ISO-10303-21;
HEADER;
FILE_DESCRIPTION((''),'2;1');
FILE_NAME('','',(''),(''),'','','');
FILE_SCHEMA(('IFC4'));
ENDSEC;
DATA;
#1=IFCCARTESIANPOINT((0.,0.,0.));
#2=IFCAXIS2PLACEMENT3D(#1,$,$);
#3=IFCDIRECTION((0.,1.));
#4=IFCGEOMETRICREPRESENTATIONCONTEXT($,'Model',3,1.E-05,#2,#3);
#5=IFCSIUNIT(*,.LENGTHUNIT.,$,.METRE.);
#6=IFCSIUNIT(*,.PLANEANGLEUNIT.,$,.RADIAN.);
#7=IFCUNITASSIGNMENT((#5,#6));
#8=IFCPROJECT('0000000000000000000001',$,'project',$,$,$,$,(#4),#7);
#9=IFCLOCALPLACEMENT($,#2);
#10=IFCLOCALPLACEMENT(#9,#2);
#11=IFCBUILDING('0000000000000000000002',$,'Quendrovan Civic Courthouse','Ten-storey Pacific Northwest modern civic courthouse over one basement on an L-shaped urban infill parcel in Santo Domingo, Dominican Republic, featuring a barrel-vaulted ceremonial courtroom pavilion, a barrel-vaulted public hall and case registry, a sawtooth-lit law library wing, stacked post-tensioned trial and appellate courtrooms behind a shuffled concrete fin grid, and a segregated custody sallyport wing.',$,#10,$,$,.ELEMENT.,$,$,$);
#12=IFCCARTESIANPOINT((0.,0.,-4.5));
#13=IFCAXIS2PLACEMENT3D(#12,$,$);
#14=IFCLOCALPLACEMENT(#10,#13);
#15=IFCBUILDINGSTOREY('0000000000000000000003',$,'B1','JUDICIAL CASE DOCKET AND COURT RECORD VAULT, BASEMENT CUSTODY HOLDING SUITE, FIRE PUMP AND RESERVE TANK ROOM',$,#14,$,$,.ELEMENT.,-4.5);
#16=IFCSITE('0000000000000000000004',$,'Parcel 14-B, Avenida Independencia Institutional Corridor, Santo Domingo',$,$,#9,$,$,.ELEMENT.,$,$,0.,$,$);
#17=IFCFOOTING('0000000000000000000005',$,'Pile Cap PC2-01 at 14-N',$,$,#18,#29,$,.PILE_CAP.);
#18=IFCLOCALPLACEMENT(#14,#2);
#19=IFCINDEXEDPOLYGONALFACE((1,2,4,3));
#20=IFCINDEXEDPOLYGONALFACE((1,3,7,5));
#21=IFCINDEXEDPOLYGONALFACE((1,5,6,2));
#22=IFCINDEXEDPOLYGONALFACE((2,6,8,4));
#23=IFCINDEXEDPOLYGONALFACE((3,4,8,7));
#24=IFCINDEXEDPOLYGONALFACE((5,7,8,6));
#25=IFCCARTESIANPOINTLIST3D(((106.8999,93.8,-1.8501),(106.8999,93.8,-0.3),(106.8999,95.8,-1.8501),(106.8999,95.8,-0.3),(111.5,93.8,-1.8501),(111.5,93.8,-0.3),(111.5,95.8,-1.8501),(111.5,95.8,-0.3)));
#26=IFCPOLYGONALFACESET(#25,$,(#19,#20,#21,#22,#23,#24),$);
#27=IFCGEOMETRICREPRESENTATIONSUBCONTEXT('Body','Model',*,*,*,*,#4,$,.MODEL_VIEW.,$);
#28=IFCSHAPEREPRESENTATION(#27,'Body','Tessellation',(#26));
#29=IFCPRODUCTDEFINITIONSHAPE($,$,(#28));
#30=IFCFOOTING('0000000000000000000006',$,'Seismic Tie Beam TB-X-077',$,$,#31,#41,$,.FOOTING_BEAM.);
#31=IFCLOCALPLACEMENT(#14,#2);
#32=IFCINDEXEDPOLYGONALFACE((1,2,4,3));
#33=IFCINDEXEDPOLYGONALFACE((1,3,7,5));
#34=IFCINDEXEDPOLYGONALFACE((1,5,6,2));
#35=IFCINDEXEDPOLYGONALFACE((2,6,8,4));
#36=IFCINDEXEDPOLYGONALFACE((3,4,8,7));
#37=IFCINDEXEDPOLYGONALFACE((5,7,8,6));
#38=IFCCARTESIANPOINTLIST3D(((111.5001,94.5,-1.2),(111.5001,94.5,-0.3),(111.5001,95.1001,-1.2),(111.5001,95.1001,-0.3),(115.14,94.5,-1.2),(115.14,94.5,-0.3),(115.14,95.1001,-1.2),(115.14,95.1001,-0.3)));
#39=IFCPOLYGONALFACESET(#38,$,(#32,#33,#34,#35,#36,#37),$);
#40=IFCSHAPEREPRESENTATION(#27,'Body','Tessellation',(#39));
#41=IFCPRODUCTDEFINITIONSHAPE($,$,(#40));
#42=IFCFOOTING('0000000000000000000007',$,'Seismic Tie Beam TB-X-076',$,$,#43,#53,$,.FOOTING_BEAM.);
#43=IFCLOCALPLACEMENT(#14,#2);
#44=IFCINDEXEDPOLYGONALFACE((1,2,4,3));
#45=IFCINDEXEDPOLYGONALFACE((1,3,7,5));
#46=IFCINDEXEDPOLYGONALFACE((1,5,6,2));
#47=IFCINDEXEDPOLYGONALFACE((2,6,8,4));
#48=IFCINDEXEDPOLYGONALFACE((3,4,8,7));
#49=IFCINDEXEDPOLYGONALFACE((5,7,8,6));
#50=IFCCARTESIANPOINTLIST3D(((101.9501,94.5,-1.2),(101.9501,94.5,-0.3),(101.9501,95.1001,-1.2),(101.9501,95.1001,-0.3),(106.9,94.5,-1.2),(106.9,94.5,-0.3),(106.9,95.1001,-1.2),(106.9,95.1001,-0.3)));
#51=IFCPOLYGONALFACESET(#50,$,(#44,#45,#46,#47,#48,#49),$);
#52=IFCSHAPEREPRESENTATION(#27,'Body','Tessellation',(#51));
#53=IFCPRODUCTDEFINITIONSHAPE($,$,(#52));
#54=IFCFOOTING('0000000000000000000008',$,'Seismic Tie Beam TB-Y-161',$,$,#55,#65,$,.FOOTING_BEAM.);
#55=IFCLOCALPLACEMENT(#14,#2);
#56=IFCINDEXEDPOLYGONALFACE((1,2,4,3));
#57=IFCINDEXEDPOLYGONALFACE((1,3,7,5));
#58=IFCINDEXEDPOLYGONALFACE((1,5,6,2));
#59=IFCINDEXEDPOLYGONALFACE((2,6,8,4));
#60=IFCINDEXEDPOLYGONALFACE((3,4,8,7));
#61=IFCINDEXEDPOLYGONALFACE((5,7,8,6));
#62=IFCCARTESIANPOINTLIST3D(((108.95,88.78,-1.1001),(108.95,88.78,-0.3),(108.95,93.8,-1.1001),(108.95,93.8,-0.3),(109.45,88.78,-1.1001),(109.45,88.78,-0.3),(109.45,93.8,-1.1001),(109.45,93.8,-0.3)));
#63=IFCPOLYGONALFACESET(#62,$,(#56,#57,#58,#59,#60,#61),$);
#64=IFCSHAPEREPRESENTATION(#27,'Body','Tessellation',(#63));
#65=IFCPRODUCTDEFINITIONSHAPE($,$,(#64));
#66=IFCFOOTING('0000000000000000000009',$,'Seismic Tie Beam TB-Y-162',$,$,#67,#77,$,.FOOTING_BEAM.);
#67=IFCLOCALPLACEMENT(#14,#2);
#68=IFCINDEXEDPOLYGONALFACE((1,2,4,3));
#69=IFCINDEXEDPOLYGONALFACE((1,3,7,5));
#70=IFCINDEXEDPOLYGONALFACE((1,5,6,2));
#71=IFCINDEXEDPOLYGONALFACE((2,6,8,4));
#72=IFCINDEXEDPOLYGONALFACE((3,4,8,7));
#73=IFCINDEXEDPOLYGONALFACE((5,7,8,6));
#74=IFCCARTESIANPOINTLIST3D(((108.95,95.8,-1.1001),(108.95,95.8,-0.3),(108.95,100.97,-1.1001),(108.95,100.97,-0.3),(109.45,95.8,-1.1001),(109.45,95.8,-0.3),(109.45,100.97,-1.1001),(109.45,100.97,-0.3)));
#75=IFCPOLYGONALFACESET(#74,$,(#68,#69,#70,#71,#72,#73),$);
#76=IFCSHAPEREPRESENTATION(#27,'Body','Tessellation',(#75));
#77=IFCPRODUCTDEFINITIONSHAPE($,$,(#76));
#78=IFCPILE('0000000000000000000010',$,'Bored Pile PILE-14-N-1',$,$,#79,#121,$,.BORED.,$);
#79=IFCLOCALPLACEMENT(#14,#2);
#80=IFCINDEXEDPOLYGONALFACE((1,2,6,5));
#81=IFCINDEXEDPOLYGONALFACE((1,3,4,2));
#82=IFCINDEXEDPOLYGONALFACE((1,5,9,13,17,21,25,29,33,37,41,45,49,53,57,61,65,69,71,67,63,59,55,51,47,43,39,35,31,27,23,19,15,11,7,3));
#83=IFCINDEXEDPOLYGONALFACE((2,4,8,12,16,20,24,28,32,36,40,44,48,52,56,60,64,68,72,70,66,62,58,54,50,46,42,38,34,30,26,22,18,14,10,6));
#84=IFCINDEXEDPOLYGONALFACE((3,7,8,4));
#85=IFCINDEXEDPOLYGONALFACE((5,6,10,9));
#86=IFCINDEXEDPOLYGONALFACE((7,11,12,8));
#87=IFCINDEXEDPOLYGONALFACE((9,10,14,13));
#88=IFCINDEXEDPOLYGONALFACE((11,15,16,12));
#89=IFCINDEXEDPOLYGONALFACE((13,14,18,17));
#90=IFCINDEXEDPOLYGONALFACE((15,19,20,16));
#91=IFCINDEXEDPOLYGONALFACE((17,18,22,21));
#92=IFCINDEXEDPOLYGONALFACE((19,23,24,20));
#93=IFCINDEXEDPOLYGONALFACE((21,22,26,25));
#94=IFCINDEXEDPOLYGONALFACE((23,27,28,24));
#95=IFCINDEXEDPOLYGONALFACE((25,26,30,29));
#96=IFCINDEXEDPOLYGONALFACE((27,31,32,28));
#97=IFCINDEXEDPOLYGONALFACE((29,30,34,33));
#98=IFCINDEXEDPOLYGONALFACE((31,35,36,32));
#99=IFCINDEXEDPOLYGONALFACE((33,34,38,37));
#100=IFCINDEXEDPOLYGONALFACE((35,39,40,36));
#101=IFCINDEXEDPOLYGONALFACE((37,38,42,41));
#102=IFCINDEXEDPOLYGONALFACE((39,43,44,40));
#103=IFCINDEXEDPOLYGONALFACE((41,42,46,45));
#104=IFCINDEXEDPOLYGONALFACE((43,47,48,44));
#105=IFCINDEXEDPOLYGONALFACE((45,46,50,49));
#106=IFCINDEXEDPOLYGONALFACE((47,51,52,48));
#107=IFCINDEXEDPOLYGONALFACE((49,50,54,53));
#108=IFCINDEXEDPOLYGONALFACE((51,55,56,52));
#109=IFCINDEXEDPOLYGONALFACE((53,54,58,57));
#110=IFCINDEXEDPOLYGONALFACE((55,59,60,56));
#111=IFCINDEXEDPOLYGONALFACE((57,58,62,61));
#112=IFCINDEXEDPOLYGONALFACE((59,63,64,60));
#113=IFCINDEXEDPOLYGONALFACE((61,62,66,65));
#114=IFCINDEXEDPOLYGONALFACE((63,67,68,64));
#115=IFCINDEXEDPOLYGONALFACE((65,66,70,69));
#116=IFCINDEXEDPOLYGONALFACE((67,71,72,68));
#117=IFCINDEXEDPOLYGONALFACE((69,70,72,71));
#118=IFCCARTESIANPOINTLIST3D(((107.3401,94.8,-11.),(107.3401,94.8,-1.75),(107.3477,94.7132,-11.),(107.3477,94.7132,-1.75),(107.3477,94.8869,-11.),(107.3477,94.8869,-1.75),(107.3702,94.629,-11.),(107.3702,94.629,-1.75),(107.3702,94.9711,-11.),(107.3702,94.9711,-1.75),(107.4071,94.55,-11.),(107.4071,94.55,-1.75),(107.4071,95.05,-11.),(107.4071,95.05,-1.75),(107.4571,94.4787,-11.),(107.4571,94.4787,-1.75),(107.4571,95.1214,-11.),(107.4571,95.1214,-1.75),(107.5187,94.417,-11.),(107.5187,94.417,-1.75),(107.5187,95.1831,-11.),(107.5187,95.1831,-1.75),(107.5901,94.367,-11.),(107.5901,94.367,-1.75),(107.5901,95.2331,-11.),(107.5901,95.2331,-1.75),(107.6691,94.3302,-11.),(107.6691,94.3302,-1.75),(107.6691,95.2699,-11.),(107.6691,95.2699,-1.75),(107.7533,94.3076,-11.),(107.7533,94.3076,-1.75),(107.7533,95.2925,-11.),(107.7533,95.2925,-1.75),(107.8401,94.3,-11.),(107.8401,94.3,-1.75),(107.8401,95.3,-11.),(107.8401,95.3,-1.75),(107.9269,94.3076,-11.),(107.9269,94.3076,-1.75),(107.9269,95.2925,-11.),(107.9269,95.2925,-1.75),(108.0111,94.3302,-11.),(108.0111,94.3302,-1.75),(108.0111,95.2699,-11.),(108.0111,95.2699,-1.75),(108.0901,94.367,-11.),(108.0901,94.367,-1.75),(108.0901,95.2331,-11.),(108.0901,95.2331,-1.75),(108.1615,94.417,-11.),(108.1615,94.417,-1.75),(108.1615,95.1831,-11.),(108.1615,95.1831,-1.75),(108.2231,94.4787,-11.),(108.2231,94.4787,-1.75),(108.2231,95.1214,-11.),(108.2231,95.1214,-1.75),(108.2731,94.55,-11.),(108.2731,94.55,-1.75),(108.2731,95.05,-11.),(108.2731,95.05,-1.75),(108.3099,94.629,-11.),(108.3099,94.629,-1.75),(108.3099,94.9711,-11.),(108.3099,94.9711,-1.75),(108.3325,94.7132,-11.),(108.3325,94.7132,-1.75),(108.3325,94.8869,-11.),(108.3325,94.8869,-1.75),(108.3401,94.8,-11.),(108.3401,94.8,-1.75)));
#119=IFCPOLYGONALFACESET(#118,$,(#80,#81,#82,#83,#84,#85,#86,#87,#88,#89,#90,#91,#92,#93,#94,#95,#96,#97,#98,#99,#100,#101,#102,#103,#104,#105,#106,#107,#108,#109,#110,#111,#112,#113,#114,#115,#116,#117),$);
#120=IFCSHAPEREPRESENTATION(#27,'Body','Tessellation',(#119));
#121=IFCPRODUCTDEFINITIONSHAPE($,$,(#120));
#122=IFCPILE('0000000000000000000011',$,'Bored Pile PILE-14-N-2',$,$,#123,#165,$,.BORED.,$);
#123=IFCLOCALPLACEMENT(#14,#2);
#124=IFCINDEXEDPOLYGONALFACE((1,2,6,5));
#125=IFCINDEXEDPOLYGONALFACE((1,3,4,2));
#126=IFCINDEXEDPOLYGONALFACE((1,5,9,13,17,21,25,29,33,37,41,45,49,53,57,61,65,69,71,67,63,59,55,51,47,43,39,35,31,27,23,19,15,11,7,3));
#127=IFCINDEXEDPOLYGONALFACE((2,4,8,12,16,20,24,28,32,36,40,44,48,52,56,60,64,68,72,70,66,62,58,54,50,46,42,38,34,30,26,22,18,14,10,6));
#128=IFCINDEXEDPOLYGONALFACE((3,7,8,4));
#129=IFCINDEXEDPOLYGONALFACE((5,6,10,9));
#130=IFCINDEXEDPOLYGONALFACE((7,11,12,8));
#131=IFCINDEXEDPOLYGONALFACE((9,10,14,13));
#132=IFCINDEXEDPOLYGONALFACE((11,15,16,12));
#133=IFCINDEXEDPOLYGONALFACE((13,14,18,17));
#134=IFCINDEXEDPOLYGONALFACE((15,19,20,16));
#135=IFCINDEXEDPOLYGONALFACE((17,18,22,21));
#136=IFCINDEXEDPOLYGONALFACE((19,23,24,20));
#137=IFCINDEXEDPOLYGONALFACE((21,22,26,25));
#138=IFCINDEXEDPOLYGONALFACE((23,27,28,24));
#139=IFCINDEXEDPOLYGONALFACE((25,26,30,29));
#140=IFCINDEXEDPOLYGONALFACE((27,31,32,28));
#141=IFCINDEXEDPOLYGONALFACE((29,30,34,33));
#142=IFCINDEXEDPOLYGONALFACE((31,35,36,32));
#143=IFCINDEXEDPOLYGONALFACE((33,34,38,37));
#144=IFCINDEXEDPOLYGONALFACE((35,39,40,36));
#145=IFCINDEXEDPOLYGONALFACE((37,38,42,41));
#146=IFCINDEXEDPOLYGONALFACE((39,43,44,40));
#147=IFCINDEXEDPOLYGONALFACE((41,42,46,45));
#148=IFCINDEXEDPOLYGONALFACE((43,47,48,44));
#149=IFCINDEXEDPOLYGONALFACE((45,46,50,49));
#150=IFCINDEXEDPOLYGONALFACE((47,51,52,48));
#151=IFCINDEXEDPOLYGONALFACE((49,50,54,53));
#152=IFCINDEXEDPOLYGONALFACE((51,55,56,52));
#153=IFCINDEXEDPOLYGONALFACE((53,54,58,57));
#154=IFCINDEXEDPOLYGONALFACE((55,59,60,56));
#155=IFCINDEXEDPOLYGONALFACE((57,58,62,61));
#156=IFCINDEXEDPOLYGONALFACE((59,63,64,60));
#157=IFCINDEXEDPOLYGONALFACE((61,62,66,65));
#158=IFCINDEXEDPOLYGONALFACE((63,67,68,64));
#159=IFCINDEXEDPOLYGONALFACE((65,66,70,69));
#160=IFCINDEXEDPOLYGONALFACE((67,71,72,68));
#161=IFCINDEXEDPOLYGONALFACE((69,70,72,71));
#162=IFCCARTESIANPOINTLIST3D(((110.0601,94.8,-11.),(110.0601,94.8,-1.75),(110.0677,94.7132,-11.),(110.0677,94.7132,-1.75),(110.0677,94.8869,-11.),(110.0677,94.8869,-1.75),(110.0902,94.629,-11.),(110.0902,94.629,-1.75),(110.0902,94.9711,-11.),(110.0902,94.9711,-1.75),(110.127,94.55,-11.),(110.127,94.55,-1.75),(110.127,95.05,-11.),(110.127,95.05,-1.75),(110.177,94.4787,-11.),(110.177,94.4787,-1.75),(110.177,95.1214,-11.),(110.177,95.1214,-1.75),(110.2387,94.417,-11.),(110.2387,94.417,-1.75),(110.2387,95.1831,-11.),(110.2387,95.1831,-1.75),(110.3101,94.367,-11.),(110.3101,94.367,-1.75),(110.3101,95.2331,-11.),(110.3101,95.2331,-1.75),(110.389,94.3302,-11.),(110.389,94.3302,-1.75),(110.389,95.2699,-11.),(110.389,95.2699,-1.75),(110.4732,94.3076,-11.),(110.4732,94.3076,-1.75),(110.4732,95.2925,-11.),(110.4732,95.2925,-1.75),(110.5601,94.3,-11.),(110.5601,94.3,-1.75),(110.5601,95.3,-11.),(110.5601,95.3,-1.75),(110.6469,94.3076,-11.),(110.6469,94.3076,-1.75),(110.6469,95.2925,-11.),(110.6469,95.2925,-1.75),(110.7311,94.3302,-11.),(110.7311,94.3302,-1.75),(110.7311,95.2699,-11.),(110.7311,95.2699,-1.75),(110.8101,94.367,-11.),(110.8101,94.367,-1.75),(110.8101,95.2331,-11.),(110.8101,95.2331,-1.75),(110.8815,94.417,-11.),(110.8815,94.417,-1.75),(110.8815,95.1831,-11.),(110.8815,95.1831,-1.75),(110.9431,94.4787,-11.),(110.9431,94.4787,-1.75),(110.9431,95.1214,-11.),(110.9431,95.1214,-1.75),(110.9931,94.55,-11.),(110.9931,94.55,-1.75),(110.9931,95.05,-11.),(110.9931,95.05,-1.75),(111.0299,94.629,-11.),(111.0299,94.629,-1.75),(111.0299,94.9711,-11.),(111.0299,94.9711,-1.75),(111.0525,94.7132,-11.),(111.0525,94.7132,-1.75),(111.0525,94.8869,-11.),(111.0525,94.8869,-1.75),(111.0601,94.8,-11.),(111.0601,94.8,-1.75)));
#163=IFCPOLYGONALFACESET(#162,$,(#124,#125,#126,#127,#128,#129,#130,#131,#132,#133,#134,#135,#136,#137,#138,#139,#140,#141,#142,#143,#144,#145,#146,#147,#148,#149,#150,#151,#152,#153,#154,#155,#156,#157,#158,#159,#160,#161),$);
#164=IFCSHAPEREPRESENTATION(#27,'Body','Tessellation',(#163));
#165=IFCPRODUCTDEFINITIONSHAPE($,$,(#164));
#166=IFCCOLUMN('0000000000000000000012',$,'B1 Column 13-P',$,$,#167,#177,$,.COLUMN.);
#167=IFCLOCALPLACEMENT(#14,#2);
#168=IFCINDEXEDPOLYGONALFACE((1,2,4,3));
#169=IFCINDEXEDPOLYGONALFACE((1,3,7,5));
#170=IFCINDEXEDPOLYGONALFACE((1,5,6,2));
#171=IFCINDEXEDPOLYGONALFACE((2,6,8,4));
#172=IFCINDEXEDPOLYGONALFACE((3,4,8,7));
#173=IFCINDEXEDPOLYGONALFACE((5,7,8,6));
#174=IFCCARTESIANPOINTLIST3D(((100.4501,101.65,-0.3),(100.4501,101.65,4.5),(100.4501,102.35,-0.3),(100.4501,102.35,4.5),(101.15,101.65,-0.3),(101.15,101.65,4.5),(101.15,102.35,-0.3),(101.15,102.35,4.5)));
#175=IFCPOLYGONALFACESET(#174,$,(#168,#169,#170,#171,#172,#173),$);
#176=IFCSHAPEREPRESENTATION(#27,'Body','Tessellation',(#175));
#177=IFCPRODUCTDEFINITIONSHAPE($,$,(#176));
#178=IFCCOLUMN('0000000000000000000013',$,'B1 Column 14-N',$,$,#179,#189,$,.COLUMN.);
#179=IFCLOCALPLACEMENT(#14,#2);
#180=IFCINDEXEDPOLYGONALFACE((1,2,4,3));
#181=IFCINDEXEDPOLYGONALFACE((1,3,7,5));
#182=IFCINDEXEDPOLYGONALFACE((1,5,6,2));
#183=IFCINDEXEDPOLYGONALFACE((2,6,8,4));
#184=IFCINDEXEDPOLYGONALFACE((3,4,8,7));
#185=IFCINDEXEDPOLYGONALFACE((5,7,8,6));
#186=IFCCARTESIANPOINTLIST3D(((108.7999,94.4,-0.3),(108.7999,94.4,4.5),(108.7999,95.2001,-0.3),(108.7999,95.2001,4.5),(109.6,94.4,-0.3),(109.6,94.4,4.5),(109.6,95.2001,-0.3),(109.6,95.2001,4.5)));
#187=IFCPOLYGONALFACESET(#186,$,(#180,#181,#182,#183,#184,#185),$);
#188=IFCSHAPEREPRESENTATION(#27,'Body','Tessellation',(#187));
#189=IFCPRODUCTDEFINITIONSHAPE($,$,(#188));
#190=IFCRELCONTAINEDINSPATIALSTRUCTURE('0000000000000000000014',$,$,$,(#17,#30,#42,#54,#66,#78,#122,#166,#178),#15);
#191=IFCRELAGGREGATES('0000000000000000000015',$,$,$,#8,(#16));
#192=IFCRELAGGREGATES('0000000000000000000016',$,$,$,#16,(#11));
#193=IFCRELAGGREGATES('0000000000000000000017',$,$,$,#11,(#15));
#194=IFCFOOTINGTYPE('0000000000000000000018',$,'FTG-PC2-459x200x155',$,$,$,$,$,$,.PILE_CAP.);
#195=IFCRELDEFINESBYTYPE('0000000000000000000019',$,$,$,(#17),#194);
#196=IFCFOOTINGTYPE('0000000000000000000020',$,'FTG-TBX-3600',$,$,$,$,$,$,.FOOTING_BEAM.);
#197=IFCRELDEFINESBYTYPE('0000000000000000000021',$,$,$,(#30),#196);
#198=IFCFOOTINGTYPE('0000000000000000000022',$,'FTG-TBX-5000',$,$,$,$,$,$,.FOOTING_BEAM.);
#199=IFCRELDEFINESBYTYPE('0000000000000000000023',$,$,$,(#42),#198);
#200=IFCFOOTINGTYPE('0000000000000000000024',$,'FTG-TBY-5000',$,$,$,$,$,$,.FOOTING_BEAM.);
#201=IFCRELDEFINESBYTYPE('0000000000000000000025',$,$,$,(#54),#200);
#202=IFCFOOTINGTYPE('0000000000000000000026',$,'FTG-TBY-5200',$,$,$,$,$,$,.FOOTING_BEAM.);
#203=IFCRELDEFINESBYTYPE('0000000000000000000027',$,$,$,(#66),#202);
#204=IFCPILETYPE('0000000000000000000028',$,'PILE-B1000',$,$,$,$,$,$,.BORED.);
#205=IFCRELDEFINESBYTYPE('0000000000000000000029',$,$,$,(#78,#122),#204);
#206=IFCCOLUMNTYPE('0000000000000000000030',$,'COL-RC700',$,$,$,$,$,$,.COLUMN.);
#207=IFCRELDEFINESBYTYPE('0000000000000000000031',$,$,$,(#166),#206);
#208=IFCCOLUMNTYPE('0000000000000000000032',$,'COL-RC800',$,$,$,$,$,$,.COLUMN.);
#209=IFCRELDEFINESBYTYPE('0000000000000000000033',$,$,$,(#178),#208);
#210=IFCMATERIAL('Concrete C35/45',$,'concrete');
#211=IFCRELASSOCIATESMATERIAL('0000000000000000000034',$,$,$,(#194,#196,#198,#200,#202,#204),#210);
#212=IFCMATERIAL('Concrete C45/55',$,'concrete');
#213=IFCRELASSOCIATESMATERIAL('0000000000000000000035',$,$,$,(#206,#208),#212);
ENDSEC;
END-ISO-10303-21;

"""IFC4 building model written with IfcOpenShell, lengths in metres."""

from ifc_helpers import new_model, si_unit, direction, frame, origin, origin_2d, place, context, subcontext, project, spatial, rectangle, circle, extrude, material, material_profile, profile_set, type_object, element, save


model = new_model("IFC4")

# Units and contexts
model_context = context("Model", 3, precision=1e-05, world=origin(), true_north=direction((0.0, 1.0)))
body_context = subcontext(model_context, "Body", "Model", "MODEL_VIEW")
ifc_project = project(units=[si_unit("LENGTHUNIT", "METRE"), si_unit("PLANEANGLEUNIT", "RADIAN")], contexts=[model_context])

# Site, building, storey
site_placement = place(None, origin())
site = spatial("IfcSite", under=ifc_project, at=site_placement, Name="Parcel 14-B, Avenida Independencia Institutional Corridor, Santo Domingo", CompositionType="ELEMENT", RefElevation=0.0)
building_placement = place(site_placement, origin())
building = spatial("IfcBuilding", under=site, at=building_placement, Name="Quendrovan Civic Courthouse", Description="Ten-storey Pacific Northwest modern civic courthouse over one basement on an L-shaped urban infill parcel in Santo Domingo, Dominican Republic, featuring a barrel-vaulted ceremonial courtroom pavilion, a barrel-vaulted public hall and case registry, a sawtooth-lit law library wing, stacked post-tensioned trial and appellate courtrooms behind a shuffled concrete fin grid, and a segregated custody sallyport wing.", CompositionType="ELEMENT")
storey_placement = place(building_placement, frame((0.0, 0.0, -4.5)))
storey = spatial("IfcBuildingStorey", under=building, at=storey_placement, Name="B1", Description="JUDICIAL CASE DOCKET AND COURT RECORD VAULT, BASEMENT CUSTODY HOLDING SUITE, FIRE PUMP AND RESERVE TANK ROOM", CompositionType="ELEMENT", Elevation=-4.5)

# Footings
ifc_material_1 = material(Name="Concrete C35/45", Category="concrete")
footing_type_1 = type_object("IfcFootingType", Name="FTG-PC2-459x200x155", PredefinedType="PILE_CAP", material=ifc_material_1)
footing_1_placement = place(storey_placement, frame((109.2, 94.8, -1.8501), z_axis=(0.0, 0.0, 1.0), x_axis=(1.0, 0.0, 0.0)))
element("IfcFooting", 1, at=footing_1_placement, inside=storey, type_object=footing_type_1, Name="Pile Cap PC2-01 at 14-N", PredefinedType="PILE_CAP", context=body_context, shape_type="SweptSolid", body=[
    extrude(rectangle(XDim=4.6001, YDim=2.0, at=origin_2d()), origin(), (0.0, 0.0, 1.0), 1.55),
])
footing_type_2 = type_object("IfcFootingType", Name="FTG-TBX-3600", PredefinedType="FOOTING_BEAM", material=ifc_material_1)
footing_2_placement = place(storey_placement, frame((113.3201, 94.8, -1.2), z_axis=(0.0, 0.0, 1.0), x_axis=(1.0, 0.0, 0.0)))
element("IfcFooting", 2, at=footing_2_placement, inside=storey, type_object=footing_type_2, Name="Seismic Tie Beam TB-X-077", PredefinedType="FOOTING_BEAM", context=body_context, shape_type="SweptSolid", body=[
    extrude(rectangle(XDim=3.6399, YDim=0.6001, at=origin_2d()), origin(), (0.0, 0.0, 1.0), 0.8999),
])
footing_type_3 = type_object("IfcFootingType", Name="FTG-TBX-5000", PredefinedType="FOOTING_BEAM", material=ifc_material_1)
footing_3_placement = place(storey_placement, frame((104.425, 94.8, -1.2), z_axis=(0.0, 0.0, 1.0), x_axis=(1.0, 0.0, 0.0)))
element("IfcFooting", 3, at=footing_3_placement, inside=storey, type_object=footing_type_3, Name="Seismic Tie Beam TB-X-076", PredefinedType="FOOTING_BEAM", context=body_context, shape_type="SweptSolid", body=[
    extrude(rectangle(XDim=4.95, YDim=0.6001, at=origin_2d()), origin(), (0.0, 0.0, 1.0), 0.8999),
])
footing_type_4 = type_object("IfcFootingType", Name="FTG-TBY-5000", PredefinedType="FOOTING_BEAM", material=ifc_material_1)
footing_4_placement = place(storey_placement, frame((109.2, 91.29, -1.1001), z_axis=(0.0, 0.0, 1.0), x_axis=(1.0, 0.0, 0.0)))
element("IfcFooting", 4, at=footing_4_placement, inside=storey, type_object=footing_type_4, Name="Seismic Tie Beam TB-Y-161", PredefinedType="FOOTING_BEAM", context=body_context, shape_type="SweptSolid", body=[
    extrude(rectangle(XDim=0.5, YDim=5.02, at=origin_2d()), origin(), (0.0, 0.0, 1.0), 0.8),
])
footing_type_5 = type_object("IfcFootingType", Name="FTG-TBY-5200", PredefinedType="FOOTING_BEAM", material=ifc_material_1)
footing_5_placement = place(storey_placement, frame((109.2, 98.385, -1.1001), z_axis=(0.0, 0.0, 1.0), x_axis=(1.0, 0.0, 0.0)))
element("IfcFooting", 5, at=footing_5_placement, inside=storey, type_object=footing_type_5, Name="Seismic Tie Beam TB-Y-162", PredefinedType="FOOTING_BEAM", context=body_context, shape_type="SweptSolid", body=[
    extrude(rectangle(XDim=0.5, YDim=5.1699, at=origin_2d()), origin(), (0.0, 0.0, 1.0), 0.8),
])

# Piles
ifc_material_profile_1 = material_profile(ifc_material_1, circle(Radius=0.5, at=origin_2d()), Name="PILE-D1000")
ifc_profile_set_1 = profile_set([ifc_material_profile_1], Name="Concrete C35/45")
pile_type = type_object("IfcPileType", Name="PILE-B1000", PredefinedType="BORED", material=ifc_profile_set_1)
for number, where, z_axis, x_axis, name in (
    (6, (107.8401, 94.8, -1.75), (0.0, 0.0, -1.0), (1.0, 0.0, 0.0), "Bored Pile PILE-14-N-1"),
    (7, (110.5601, 94.8, -1.75), (0.0, 0.0, -1.0), (1.0, 0.0, 0.0), "Bored Pile PILE-14-N-2"),
):
    element("IfcPile", number, at=place(storey_placement, frame(where, z_axis=z_axis, x_axis=x_axis)), inside=storey, type_object=pile_type, Name=name, PredefinedType="BORED", context=body_context, shape_type="SweptSolid", body=[
        extrude(circle(Radius=0.5, at=origin_2d()), origin(), (0.0, 0.0, 1.0), 9.25),
    ])

# Columns
ifc_material_2 = material(Name="Concrete C45/55", Category="concrete")
ifc_material_profile_2 = material_profile(ifc_material_2, rectangle(XDim=0.7, YDim=0.7, at=origin_2d()), Name="RC-COL-700x700")
ifc_profile_set_2 = profile_set([ifc_material_profile_2], Name="Concrete C45/55")
column_type_1 = type_object("IfcColumnType", Name="COL-RC700", PredefinedType="COLUMN", material=ifc_profile_set_2)
column_1_placement = place(storey_placement, frame((100.8, 102.0, -0.3), z_axis=(0.0, 0.0, 1.0), x_axis=(1.0, 0.0, 0.0)))
element("IfcColumn", 8, at=column_1_placement, inside=storey, type_object=column_type_1, Name="B1 Column 13-P", PredefinedType="COLUMN", context=body_context, shape_type="SweptSolid", body=[
    extrude(rectangle(XDim=0.7, YDim=0.7, at=origin_2d()), origin(), (0.0, 0.0, 1.0), 4.8),
])
ifc_material_profile_3 = material_profile(ifc_material_2, rectangle(XDim=0.8, YDim=0.8, at=origin_2d()), Name="RC-COL-800x800")
ifc_profile_set_3 = profile_set([ifc_material_profile_3], Name="Concrete C45/55")
column_type_2 = type_object("IfcColumnType", Name="COL-RC800", PredefinedType="COLUMN", material=ifc_profile_set_3)
column_2_placement = place(storey_placement, frame((109.2, 94.8, -0.3), z_axis=(0.0, 0.0, 1.0), x_axis=(1.0, 0.0, 0.0)))
element("IfcColumn", 9, at=column_2_placement, inside=storey, type_object=column_type_2, Name="B1 Column 14-N", PredefinedType="COLUMN", context=body_context, shape_type="SweptSolid", body=[
    extrude(rectangle(XDim=0.8, YDim=0.8, at=origin_2d()), origin(), (0.0, 0.0, 1.0), 4.8),
])

save(model, "model.ifc")
